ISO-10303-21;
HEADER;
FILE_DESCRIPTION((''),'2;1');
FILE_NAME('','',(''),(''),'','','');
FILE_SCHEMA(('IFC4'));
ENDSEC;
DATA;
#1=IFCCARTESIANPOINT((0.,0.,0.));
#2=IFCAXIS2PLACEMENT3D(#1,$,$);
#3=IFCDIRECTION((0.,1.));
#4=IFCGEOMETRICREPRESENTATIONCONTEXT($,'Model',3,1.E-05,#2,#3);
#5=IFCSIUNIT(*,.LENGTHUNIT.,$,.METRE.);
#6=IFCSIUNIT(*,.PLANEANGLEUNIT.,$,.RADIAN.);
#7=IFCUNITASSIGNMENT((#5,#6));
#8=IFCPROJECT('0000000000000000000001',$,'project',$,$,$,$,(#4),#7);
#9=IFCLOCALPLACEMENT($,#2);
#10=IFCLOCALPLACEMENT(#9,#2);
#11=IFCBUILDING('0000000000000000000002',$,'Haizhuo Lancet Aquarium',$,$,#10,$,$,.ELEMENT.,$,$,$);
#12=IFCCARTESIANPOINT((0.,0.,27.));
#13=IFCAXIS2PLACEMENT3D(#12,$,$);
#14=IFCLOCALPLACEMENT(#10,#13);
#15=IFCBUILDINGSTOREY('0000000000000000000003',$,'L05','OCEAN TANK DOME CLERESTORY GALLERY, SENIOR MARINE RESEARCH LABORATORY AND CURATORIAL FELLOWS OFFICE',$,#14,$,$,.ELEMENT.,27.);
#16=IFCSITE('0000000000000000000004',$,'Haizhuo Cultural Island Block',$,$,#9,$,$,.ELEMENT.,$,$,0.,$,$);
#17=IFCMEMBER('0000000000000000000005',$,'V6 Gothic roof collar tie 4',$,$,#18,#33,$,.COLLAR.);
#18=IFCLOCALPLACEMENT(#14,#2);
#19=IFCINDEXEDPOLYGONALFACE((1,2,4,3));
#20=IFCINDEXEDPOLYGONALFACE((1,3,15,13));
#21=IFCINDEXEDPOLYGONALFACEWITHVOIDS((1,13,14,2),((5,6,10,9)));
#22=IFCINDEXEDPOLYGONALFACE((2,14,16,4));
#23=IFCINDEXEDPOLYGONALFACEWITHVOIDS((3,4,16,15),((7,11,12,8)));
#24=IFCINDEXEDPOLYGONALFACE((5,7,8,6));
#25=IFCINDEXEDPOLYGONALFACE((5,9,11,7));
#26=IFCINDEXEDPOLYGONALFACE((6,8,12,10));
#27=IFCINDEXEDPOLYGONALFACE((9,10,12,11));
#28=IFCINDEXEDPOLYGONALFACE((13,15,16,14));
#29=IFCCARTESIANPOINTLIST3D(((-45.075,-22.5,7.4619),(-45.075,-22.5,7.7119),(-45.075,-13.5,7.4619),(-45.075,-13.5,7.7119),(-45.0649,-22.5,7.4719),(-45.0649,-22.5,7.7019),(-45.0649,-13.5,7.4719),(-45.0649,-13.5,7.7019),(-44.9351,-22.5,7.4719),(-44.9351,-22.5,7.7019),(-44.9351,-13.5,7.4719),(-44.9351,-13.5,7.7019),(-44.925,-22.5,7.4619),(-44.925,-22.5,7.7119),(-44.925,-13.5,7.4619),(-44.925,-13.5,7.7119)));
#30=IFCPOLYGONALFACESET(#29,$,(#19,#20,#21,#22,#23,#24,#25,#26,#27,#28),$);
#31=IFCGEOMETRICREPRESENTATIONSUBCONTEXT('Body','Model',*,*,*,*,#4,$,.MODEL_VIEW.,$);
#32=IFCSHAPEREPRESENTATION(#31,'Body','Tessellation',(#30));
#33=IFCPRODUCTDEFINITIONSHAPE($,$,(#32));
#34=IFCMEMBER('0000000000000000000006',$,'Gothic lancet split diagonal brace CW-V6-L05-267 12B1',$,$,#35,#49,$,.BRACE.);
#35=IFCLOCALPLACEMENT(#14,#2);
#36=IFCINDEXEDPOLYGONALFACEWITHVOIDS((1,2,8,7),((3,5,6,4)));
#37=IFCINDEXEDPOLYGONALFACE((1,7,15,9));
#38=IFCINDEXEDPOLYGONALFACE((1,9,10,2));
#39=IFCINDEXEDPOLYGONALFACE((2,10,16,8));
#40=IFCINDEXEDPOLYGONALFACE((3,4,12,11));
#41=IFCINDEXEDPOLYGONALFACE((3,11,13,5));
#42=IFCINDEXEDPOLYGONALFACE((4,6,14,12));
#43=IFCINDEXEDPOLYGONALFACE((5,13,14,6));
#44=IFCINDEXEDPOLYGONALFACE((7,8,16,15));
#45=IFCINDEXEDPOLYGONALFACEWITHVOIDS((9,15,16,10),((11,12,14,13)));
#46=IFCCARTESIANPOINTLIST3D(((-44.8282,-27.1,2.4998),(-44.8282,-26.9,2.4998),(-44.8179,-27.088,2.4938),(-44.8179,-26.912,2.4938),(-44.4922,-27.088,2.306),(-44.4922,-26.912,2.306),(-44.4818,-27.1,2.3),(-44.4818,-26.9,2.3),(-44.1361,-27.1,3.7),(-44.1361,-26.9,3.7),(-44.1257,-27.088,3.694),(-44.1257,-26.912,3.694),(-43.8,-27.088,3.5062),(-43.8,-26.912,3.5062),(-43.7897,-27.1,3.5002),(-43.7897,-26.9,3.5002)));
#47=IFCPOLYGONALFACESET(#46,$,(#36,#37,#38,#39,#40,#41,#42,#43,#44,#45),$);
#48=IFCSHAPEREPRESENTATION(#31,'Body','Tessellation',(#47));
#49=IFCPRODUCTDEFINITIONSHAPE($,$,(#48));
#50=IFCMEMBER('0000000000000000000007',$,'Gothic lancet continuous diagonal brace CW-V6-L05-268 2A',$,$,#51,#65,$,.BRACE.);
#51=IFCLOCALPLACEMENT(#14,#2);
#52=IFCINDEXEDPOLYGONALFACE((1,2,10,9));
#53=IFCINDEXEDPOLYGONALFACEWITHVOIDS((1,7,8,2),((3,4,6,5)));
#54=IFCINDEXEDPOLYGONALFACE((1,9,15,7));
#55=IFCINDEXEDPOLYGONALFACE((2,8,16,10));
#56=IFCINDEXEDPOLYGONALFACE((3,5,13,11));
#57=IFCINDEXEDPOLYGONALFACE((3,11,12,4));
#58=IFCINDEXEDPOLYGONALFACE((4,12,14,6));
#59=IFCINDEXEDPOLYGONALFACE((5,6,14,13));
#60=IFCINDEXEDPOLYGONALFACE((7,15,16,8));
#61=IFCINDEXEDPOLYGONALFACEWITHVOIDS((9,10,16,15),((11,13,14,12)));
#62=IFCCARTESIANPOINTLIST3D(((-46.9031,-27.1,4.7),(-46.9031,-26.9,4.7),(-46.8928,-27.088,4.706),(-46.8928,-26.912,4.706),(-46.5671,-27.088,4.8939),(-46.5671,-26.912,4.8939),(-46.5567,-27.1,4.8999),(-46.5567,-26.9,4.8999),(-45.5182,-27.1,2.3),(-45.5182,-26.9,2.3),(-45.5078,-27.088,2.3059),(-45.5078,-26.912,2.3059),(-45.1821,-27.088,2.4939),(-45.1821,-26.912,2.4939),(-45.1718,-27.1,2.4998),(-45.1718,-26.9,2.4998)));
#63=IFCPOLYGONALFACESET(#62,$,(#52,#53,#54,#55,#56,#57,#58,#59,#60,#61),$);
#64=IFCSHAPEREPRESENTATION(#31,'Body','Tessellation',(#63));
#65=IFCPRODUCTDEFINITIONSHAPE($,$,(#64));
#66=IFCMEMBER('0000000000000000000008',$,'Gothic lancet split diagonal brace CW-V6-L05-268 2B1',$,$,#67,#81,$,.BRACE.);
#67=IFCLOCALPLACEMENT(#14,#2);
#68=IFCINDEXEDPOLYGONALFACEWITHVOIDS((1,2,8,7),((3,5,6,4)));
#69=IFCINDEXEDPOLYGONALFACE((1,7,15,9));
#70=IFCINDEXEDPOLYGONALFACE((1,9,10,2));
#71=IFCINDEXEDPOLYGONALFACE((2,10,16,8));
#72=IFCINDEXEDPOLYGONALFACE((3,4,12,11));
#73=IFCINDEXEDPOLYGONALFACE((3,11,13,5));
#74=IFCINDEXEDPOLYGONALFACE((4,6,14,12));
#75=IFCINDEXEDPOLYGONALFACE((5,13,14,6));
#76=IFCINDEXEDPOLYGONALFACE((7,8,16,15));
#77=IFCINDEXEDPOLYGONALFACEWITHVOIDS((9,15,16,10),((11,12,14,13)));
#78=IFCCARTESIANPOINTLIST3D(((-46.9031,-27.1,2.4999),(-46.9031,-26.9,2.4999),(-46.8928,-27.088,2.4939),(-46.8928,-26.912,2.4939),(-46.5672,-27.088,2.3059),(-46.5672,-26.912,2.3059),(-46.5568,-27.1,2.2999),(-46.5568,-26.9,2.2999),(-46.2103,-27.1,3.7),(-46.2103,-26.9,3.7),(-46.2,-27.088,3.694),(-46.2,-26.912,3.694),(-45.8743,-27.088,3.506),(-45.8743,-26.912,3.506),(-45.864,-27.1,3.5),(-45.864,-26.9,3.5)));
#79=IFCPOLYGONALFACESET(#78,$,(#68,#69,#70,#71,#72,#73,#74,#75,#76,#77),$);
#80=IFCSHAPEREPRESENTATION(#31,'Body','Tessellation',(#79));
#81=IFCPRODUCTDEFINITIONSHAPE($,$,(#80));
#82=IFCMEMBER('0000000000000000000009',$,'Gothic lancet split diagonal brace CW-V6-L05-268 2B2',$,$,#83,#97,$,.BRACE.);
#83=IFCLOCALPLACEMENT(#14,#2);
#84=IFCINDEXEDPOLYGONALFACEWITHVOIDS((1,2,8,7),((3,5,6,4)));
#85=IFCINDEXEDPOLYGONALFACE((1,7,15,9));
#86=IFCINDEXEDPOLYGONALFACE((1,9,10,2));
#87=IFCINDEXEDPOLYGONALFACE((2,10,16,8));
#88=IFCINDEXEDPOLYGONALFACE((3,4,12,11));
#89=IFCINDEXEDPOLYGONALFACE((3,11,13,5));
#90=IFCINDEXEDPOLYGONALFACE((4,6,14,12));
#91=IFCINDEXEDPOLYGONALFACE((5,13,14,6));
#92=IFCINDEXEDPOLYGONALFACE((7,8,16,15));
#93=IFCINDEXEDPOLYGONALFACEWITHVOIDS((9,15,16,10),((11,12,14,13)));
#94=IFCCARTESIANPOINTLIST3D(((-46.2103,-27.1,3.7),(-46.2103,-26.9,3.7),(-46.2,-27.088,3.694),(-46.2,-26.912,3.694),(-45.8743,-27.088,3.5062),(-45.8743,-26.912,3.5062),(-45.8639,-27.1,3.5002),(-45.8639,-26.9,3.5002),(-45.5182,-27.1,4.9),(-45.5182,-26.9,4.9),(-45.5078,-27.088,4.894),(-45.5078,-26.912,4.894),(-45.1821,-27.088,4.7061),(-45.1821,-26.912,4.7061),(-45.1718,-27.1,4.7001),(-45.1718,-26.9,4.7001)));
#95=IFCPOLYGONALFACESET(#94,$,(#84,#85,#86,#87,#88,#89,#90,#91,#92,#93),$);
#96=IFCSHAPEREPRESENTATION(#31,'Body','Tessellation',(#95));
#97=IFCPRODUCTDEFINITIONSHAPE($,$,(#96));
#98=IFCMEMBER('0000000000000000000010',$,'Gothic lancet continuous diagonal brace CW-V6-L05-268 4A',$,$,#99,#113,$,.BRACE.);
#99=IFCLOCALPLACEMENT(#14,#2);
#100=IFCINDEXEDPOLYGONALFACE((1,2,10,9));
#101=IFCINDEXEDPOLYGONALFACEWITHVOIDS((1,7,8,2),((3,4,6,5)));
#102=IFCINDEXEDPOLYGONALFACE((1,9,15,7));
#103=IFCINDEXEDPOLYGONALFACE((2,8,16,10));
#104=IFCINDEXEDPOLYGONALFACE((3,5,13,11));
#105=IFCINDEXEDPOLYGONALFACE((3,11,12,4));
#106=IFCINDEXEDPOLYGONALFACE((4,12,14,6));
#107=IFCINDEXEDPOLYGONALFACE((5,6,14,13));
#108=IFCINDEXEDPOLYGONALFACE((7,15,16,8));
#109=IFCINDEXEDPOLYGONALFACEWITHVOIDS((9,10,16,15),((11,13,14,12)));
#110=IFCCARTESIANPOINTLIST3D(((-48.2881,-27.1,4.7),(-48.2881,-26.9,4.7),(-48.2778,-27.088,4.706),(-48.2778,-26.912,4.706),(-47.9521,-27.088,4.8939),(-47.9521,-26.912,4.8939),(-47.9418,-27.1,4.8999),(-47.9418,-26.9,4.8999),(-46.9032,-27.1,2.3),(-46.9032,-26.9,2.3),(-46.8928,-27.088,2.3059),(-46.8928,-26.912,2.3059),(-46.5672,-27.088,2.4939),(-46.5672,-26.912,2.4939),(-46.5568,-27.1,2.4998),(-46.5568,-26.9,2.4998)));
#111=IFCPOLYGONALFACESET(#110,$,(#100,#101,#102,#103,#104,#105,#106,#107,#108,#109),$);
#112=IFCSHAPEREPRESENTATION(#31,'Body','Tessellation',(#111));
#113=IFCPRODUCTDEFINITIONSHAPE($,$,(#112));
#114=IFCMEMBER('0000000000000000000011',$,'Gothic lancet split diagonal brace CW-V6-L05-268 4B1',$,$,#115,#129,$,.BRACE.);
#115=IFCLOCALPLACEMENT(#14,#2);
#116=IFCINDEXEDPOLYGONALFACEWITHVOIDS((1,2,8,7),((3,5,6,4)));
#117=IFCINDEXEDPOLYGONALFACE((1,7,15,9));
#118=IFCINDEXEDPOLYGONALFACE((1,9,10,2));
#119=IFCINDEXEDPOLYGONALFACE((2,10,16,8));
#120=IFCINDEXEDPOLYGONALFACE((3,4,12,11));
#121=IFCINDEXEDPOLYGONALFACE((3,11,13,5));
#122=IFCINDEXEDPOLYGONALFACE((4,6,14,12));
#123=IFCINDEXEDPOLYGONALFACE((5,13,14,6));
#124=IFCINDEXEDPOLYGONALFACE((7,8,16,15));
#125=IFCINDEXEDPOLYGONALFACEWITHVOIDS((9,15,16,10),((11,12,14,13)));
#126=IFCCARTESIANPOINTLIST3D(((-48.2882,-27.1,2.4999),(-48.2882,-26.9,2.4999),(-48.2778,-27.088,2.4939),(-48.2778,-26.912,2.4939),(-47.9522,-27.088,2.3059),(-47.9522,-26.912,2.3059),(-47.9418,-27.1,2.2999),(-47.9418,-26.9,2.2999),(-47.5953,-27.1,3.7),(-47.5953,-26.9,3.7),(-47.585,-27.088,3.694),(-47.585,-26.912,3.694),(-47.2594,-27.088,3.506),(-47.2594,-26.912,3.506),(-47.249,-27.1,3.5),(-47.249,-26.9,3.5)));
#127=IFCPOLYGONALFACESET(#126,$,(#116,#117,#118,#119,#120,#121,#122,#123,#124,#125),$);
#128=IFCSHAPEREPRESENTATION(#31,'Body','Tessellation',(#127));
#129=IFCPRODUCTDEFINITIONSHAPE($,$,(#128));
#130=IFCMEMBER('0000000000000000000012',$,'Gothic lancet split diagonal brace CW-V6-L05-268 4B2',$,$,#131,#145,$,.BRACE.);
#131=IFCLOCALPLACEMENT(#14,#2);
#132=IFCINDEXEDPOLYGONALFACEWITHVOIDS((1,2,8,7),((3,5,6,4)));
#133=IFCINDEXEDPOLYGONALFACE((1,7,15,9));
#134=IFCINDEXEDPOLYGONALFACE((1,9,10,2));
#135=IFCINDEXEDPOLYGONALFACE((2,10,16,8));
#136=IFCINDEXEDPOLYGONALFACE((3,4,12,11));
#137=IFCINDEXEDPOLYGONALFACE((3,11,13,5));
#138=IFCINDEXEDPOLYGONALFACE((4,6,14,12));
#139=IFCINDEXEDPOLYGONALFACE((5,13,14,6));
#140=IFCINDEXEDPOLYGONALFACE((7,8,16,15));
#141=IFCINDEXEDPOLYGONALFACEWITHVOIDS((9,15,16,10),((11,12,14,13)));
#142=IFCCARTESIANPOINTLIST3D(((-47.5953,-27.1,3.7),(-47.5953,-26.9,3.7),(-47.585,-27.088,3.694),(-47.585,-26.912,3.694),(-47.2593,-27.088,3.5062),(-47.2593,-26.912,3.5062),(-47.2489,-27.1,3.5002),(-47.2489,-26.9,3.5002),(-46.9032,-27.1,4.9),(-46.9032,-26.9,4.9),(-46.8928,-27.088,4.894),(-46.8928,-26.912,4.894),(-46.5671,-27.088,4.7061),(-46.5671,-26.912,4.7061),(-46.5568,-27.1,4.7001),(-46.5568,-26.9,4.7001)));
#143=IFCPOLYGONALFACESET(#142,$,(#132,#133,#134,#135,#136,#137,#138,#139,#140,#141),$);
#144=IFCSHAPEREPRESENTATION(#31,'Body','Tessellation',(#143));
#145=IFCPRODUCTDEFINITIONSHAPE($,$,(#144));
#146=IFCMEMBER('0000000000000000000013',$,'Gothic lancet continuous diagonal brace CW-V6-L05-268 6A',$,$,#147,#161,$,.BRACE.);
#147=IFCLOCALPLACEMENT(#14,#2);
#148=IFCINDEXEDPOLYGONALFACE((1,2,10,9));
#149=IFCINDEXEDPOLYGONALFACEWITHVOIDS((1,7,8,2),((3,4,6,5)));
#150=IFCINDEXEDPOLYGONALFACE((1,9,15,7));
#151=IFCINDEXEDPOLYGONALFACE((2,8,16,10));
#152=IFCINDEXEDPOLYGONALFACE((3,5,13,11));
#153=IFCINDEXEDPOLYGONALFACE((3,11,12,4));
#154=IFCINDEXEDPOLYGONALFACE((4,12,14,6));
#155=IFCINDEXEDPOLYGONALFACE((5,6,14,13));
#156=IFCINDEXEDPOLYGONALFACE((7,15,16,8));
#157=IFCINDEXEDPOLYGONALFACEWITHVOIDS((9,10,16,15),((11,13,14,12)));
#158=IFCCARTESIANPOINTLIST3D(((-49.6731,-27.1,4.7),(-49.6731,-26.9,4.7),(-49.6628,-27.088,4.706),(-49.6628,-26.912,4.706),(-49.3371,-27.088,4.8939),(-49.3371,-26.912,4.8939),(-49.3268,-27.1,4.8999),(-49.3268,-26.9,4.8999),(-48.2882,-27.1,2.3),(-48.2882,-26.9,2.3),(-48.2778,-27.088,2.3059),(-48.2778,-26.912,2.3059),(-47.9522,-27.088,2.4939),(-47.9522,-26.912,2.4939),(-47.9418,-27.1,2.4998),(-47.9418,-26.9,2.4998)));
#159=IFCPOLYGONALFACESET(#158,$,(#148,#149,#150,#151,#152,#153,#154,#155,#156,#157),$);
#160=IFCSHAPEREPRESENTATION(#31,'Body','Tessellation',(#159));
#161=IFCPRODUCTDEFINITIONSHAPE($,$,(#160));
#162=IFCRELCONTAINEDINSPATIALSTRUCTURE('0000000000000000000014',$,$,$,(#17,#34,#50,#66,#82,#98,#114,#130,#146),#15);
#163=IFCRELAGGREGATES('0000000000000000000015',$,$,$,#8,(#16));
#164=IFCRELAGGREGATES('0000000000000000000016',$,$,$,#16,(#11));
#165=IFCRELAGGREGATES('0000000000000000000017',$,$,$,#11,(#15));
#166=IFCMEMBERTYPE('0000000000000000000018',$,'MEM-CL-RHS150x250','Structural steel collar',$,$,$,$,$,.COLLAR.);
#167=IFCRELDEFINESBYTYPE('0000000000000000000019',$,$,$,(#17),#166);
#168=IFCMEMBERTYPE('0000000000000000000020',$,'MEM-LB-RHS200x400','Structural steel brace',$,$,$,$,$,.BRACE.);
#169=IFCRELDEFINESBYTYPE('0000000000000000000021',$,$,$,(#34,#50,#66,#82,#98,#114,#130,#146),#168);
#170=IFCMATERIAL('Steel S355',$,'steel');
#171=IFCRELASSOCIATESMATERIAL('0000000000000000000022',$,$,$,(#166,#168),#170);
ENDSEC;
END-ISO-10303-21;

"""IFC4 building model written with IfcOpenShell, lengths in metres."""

from ifc_helpers import new_model, si_unit, direction, frame, origin, origin_2d, place, context, subcontext, project, spatial, hollow_rectangle, extrude, material, material_profile, profile_set, type_object, element, save


model = new_model("IFC4")

# Units and contexts
model_context = context("Model", 3, precision=1e-05, world=origin(), true_north=direction((0.0, 1.0)))
body_context = subcontext(model_context, "Body", "Model", "MODEL_VIEW")
ifc_project = project(units=[si_unit("LENGTHUNIT", "METRE"), si_unit("PLANEANGLEUNIT", "RADIAN")], contexts=[model_context])

# Site, building, storey
site_placement = place(None, origin())
site = spatial("IfcSite", under=ifc_project, at=site_placement, Name="Haizhuo Cultural Island Block", CompositionType="ELEMENT", RefElevation=0.0)
building_placement = place(site_placement, origin())
building = spatial("IfcBuilding", under=site, at=building_placement, Name="Haizhuo Lancet Aquarium", CompositionType="ELEMENT")
storey_placement = place(building_placement, frame((0.0, 0.0, 27.0)))
storey = spatial("IfcBuildingStorey", under=building, at=storey_placement, Name="L05", Description="OCEAN TANK DOME CLERESTORY GALLERY, SENIOR MARINE RESEARCH LABORATORY AND CURATORIAL FELLOWS OFFICE", CompositionType="ELEMENT", Elevation=27.0)

# Shared definitions
ifc_material_1 = material(Name="Steel S355", Category="steel")

# Members
ifc_material_profile_1 = material_profile(ifc_material_1, hollow_rectangle(XDim=0.1499, YDim=0.25, WallThickness=0.01, at=origin_2d()), Name="RHS 150x250x10")
ifc_profile_set_1 = profile_set([ifc_material_profile_1], Name="Steel S355")
member_type_1 = type_object("IfcMemberType", Name="MEM-CL-RHS150x250", Description="Structural steel collar", PredefinedType="COLLAR", material=ifc_profile_set_1)
member_1_placement = place(storey_placement, frame((-45.0, -22.5, 7.5869), z_axis=(0.0, 1.0, 0.0), x_axis=(-1.0, 0.0, 0.0)))
element("IfcMember", 1, at=member_1_placement, inside=storey, type_object=member_type_1, Name="V6 Gothic roof collar tie 4", PredefinedType="COLLAR", context=body_context, shape_type="SweptSolid", body=[
    extrude(hollow_rectangle(XDim=0.1499, YDim=0.25, WallThickness=0.01, at=origin_2d()), origin(), (0.0, 0.0, 1.0), 9.0),
])
ifc_material_profile_2 = material_profile(ifc_material_1, hollow_rectangle(XDim=0.2, YDim=0.3999, WallThickness=0.012, at=origin_2d()), Name="RHS 200x400x12")
ifc_profile_set_2 = profile_set([ifc_material_profile_2], Name="Steel S355")
member_type_2 = type_object("IfcMemberType", Name="MEM-LB-RHS200x400", Description="Structural steel brace", PredefinedType="BRACE", material=ifc_profile_set_2)
member_2_placement = place(storey_placement, frame((-44.655, -27.0, 2.3999), z_axis=(0.49957, 0.0, 0.866274), x_axis=(0.0, 1.0, 0.0)))
element("IfcMember", 2, at=member_2_placement, inside=storey, type_object=member_type_2, Name="Gothic lancet split diagonal brace CW-V6-L05-267 12B1", PredefinedType="BRACE", context=body_context, shape_type="SweptSolid", body=[
    extrude(hollow_rectangle(XDim=0.2, YDim=0.3999, WallThickness=0.012, at=origin_2d()), origin(), (0.0, 0.0, 1.0), 1.3855),
])
member_3_placement = place(storey_placement, frame((-45.345, -27.0, 2.3999), z_axis=(-0.499806, 0.0, 0.866137), x_axis=(0.0, -1.0, 0.0)))
element("IfcMember", 3, at=member_3_placement, inside=storey, type_object=member_type_2, Name="Gothic lancet continuous diagonal brace CW-V6-L05-268 2A", PredefinedType="BRACE", context=body_context, shape_type="SweptSolid", body=[
    extrude(hollow_rectangle(XDim=0.2, YDim=0.3999, WallThickness=0.012, at=origin_2d()), origin(), (0.0, 0.0, 1.0), 2.771),
])
member_4_placement = place(storey_placement, frame((-46.73, -27.0, 2.3999), z_axis=(0.499966, 0.0, 0.866045), x_axis=(0.0, 1.0, 0.0)))
element("IfcMember", 4, at=member_4_placement, inside=storey, type_object=member_type_2, Name="Gothic lancet split diagonal brace CW-V6-L05-268 2B1", PredefinedType="BRACE", context=body_context, shape_type="SweptSolid", body=[
    extrude(hollow_rectangle(XDim=0.2, YDim=0.3999, WallThickness=0.012, at=origin_2d()), origin(), (0.0, 0.0, 1.0), 1.3857),
])
member_5_placement = place(storey_placement, frame((-46.0371, -27.0, 3.6001), z_axis=(0.499646, 0.0, 0.86623), x_axis=(0.0, 1.0, 0.0)))
element("IfcMember", 5, at=member_5_placement, inside=storey, type_object=member_type_2, Name="Gothic lancet split diagonal brace CW-V6-L05-268 2B2", PredefinedType="BRACE", context=body_context, shape_type="SweptSolid", body=[
    extrude(hollow_rectangle(XDim=0.2, YDim=0.3999, WallThickness=0.012, at=origin_2d()), origin(), (0.0, 0.0, 1.0), 1.3853),
])
member_6_placement = place(storey_placement, frame((-46.73, -27.0, 2.3999), z_axis=(-0.499806, 0.0, 0.866137), x_axis=(0.0, -1.0, 0.0)))
element("IfcMember", 6, at=member_6_placement, inside=storey, type_object=member_type_2, Name="Gothic lancet continuous diagonal brace CW-V6-L05-268 4A", PredefinedType="BRACE", context=body_context, shape_type="SweptSolid", body=[
    extrude(hollow_rectangle(XDim=0.2, YDim=0.3999, WallThickness=0.012, at=origin_2d()), origin(), (0.0, 0.0, 1.0), 2.771),
])
member_7_placement = place(storey_placement, frame((-48.115, -27.0, 2.3999), z_axis=(0.499966, 0.0, 0.866045), x_axis=(0.0, 1.0, 0.0)))
element("IfcMember", 7, at=member_7_placement, inside=storey, type_object=member_type_2, Name="Gothic lancet split diagonal brace CW-V6-L05-268 4B1", PredefinedType="BRACE", context=body_context, shape_type="SweptSolid", body=[
    extrude(hollow_rectangle(XDim=0.2, YDim=0.3999, WallThickness=0.012, at=origin_2d()), origin(), (0.0, 0.0, 1.0), 1.3857),
])
member_8_placement = place(storey_placement, frame((-47.4221, -27.0, 3.6001), z_axis=(0.499646, 0.0, 0.86623), x_axis=(0.0, 1.0, 0.0)))
element("IfcMember", 8, at=member_8_placement, inside=storey, type_object=member_type_2, Name="Gothic lancet split diagonal brace CW-V6-L05-268 4B2", PredefinedType="BRACE", context=body_context, shape_type="SweptSolid", body=[
    extrude(hollow_rectangle(XDim=0.2, YDim=0.3999, WallThickness=0.012, at=origin_2d()), origin(), (0.0, 0.0, 1.0), 1.3853),
])
member_9_placement = place(storey_placement, frame((-48.115, -27.0, 2.3999), z_axis=(-0.499806, 0.0, 0.866137), x_axis=(0.0, -1.0, 0.0)))
element("IfcMember", 9, at=member_9_placement, inside=storey, type_object=member_type_2, Name="Gothic lancet continuous diagonal brace CW-V6-L05-268 6A", PredefinedType="BRACE", context=body_context, shape_type="SweptSolid", body=[
    extrude(hollow_rectangle(XDim=0.2, YDim=0.3999, WallThickness=0.012, at=origin_2d()), origin(), (0.0, 0.0, 1.0), 2.771),
])

save(model, "model.ifc")
